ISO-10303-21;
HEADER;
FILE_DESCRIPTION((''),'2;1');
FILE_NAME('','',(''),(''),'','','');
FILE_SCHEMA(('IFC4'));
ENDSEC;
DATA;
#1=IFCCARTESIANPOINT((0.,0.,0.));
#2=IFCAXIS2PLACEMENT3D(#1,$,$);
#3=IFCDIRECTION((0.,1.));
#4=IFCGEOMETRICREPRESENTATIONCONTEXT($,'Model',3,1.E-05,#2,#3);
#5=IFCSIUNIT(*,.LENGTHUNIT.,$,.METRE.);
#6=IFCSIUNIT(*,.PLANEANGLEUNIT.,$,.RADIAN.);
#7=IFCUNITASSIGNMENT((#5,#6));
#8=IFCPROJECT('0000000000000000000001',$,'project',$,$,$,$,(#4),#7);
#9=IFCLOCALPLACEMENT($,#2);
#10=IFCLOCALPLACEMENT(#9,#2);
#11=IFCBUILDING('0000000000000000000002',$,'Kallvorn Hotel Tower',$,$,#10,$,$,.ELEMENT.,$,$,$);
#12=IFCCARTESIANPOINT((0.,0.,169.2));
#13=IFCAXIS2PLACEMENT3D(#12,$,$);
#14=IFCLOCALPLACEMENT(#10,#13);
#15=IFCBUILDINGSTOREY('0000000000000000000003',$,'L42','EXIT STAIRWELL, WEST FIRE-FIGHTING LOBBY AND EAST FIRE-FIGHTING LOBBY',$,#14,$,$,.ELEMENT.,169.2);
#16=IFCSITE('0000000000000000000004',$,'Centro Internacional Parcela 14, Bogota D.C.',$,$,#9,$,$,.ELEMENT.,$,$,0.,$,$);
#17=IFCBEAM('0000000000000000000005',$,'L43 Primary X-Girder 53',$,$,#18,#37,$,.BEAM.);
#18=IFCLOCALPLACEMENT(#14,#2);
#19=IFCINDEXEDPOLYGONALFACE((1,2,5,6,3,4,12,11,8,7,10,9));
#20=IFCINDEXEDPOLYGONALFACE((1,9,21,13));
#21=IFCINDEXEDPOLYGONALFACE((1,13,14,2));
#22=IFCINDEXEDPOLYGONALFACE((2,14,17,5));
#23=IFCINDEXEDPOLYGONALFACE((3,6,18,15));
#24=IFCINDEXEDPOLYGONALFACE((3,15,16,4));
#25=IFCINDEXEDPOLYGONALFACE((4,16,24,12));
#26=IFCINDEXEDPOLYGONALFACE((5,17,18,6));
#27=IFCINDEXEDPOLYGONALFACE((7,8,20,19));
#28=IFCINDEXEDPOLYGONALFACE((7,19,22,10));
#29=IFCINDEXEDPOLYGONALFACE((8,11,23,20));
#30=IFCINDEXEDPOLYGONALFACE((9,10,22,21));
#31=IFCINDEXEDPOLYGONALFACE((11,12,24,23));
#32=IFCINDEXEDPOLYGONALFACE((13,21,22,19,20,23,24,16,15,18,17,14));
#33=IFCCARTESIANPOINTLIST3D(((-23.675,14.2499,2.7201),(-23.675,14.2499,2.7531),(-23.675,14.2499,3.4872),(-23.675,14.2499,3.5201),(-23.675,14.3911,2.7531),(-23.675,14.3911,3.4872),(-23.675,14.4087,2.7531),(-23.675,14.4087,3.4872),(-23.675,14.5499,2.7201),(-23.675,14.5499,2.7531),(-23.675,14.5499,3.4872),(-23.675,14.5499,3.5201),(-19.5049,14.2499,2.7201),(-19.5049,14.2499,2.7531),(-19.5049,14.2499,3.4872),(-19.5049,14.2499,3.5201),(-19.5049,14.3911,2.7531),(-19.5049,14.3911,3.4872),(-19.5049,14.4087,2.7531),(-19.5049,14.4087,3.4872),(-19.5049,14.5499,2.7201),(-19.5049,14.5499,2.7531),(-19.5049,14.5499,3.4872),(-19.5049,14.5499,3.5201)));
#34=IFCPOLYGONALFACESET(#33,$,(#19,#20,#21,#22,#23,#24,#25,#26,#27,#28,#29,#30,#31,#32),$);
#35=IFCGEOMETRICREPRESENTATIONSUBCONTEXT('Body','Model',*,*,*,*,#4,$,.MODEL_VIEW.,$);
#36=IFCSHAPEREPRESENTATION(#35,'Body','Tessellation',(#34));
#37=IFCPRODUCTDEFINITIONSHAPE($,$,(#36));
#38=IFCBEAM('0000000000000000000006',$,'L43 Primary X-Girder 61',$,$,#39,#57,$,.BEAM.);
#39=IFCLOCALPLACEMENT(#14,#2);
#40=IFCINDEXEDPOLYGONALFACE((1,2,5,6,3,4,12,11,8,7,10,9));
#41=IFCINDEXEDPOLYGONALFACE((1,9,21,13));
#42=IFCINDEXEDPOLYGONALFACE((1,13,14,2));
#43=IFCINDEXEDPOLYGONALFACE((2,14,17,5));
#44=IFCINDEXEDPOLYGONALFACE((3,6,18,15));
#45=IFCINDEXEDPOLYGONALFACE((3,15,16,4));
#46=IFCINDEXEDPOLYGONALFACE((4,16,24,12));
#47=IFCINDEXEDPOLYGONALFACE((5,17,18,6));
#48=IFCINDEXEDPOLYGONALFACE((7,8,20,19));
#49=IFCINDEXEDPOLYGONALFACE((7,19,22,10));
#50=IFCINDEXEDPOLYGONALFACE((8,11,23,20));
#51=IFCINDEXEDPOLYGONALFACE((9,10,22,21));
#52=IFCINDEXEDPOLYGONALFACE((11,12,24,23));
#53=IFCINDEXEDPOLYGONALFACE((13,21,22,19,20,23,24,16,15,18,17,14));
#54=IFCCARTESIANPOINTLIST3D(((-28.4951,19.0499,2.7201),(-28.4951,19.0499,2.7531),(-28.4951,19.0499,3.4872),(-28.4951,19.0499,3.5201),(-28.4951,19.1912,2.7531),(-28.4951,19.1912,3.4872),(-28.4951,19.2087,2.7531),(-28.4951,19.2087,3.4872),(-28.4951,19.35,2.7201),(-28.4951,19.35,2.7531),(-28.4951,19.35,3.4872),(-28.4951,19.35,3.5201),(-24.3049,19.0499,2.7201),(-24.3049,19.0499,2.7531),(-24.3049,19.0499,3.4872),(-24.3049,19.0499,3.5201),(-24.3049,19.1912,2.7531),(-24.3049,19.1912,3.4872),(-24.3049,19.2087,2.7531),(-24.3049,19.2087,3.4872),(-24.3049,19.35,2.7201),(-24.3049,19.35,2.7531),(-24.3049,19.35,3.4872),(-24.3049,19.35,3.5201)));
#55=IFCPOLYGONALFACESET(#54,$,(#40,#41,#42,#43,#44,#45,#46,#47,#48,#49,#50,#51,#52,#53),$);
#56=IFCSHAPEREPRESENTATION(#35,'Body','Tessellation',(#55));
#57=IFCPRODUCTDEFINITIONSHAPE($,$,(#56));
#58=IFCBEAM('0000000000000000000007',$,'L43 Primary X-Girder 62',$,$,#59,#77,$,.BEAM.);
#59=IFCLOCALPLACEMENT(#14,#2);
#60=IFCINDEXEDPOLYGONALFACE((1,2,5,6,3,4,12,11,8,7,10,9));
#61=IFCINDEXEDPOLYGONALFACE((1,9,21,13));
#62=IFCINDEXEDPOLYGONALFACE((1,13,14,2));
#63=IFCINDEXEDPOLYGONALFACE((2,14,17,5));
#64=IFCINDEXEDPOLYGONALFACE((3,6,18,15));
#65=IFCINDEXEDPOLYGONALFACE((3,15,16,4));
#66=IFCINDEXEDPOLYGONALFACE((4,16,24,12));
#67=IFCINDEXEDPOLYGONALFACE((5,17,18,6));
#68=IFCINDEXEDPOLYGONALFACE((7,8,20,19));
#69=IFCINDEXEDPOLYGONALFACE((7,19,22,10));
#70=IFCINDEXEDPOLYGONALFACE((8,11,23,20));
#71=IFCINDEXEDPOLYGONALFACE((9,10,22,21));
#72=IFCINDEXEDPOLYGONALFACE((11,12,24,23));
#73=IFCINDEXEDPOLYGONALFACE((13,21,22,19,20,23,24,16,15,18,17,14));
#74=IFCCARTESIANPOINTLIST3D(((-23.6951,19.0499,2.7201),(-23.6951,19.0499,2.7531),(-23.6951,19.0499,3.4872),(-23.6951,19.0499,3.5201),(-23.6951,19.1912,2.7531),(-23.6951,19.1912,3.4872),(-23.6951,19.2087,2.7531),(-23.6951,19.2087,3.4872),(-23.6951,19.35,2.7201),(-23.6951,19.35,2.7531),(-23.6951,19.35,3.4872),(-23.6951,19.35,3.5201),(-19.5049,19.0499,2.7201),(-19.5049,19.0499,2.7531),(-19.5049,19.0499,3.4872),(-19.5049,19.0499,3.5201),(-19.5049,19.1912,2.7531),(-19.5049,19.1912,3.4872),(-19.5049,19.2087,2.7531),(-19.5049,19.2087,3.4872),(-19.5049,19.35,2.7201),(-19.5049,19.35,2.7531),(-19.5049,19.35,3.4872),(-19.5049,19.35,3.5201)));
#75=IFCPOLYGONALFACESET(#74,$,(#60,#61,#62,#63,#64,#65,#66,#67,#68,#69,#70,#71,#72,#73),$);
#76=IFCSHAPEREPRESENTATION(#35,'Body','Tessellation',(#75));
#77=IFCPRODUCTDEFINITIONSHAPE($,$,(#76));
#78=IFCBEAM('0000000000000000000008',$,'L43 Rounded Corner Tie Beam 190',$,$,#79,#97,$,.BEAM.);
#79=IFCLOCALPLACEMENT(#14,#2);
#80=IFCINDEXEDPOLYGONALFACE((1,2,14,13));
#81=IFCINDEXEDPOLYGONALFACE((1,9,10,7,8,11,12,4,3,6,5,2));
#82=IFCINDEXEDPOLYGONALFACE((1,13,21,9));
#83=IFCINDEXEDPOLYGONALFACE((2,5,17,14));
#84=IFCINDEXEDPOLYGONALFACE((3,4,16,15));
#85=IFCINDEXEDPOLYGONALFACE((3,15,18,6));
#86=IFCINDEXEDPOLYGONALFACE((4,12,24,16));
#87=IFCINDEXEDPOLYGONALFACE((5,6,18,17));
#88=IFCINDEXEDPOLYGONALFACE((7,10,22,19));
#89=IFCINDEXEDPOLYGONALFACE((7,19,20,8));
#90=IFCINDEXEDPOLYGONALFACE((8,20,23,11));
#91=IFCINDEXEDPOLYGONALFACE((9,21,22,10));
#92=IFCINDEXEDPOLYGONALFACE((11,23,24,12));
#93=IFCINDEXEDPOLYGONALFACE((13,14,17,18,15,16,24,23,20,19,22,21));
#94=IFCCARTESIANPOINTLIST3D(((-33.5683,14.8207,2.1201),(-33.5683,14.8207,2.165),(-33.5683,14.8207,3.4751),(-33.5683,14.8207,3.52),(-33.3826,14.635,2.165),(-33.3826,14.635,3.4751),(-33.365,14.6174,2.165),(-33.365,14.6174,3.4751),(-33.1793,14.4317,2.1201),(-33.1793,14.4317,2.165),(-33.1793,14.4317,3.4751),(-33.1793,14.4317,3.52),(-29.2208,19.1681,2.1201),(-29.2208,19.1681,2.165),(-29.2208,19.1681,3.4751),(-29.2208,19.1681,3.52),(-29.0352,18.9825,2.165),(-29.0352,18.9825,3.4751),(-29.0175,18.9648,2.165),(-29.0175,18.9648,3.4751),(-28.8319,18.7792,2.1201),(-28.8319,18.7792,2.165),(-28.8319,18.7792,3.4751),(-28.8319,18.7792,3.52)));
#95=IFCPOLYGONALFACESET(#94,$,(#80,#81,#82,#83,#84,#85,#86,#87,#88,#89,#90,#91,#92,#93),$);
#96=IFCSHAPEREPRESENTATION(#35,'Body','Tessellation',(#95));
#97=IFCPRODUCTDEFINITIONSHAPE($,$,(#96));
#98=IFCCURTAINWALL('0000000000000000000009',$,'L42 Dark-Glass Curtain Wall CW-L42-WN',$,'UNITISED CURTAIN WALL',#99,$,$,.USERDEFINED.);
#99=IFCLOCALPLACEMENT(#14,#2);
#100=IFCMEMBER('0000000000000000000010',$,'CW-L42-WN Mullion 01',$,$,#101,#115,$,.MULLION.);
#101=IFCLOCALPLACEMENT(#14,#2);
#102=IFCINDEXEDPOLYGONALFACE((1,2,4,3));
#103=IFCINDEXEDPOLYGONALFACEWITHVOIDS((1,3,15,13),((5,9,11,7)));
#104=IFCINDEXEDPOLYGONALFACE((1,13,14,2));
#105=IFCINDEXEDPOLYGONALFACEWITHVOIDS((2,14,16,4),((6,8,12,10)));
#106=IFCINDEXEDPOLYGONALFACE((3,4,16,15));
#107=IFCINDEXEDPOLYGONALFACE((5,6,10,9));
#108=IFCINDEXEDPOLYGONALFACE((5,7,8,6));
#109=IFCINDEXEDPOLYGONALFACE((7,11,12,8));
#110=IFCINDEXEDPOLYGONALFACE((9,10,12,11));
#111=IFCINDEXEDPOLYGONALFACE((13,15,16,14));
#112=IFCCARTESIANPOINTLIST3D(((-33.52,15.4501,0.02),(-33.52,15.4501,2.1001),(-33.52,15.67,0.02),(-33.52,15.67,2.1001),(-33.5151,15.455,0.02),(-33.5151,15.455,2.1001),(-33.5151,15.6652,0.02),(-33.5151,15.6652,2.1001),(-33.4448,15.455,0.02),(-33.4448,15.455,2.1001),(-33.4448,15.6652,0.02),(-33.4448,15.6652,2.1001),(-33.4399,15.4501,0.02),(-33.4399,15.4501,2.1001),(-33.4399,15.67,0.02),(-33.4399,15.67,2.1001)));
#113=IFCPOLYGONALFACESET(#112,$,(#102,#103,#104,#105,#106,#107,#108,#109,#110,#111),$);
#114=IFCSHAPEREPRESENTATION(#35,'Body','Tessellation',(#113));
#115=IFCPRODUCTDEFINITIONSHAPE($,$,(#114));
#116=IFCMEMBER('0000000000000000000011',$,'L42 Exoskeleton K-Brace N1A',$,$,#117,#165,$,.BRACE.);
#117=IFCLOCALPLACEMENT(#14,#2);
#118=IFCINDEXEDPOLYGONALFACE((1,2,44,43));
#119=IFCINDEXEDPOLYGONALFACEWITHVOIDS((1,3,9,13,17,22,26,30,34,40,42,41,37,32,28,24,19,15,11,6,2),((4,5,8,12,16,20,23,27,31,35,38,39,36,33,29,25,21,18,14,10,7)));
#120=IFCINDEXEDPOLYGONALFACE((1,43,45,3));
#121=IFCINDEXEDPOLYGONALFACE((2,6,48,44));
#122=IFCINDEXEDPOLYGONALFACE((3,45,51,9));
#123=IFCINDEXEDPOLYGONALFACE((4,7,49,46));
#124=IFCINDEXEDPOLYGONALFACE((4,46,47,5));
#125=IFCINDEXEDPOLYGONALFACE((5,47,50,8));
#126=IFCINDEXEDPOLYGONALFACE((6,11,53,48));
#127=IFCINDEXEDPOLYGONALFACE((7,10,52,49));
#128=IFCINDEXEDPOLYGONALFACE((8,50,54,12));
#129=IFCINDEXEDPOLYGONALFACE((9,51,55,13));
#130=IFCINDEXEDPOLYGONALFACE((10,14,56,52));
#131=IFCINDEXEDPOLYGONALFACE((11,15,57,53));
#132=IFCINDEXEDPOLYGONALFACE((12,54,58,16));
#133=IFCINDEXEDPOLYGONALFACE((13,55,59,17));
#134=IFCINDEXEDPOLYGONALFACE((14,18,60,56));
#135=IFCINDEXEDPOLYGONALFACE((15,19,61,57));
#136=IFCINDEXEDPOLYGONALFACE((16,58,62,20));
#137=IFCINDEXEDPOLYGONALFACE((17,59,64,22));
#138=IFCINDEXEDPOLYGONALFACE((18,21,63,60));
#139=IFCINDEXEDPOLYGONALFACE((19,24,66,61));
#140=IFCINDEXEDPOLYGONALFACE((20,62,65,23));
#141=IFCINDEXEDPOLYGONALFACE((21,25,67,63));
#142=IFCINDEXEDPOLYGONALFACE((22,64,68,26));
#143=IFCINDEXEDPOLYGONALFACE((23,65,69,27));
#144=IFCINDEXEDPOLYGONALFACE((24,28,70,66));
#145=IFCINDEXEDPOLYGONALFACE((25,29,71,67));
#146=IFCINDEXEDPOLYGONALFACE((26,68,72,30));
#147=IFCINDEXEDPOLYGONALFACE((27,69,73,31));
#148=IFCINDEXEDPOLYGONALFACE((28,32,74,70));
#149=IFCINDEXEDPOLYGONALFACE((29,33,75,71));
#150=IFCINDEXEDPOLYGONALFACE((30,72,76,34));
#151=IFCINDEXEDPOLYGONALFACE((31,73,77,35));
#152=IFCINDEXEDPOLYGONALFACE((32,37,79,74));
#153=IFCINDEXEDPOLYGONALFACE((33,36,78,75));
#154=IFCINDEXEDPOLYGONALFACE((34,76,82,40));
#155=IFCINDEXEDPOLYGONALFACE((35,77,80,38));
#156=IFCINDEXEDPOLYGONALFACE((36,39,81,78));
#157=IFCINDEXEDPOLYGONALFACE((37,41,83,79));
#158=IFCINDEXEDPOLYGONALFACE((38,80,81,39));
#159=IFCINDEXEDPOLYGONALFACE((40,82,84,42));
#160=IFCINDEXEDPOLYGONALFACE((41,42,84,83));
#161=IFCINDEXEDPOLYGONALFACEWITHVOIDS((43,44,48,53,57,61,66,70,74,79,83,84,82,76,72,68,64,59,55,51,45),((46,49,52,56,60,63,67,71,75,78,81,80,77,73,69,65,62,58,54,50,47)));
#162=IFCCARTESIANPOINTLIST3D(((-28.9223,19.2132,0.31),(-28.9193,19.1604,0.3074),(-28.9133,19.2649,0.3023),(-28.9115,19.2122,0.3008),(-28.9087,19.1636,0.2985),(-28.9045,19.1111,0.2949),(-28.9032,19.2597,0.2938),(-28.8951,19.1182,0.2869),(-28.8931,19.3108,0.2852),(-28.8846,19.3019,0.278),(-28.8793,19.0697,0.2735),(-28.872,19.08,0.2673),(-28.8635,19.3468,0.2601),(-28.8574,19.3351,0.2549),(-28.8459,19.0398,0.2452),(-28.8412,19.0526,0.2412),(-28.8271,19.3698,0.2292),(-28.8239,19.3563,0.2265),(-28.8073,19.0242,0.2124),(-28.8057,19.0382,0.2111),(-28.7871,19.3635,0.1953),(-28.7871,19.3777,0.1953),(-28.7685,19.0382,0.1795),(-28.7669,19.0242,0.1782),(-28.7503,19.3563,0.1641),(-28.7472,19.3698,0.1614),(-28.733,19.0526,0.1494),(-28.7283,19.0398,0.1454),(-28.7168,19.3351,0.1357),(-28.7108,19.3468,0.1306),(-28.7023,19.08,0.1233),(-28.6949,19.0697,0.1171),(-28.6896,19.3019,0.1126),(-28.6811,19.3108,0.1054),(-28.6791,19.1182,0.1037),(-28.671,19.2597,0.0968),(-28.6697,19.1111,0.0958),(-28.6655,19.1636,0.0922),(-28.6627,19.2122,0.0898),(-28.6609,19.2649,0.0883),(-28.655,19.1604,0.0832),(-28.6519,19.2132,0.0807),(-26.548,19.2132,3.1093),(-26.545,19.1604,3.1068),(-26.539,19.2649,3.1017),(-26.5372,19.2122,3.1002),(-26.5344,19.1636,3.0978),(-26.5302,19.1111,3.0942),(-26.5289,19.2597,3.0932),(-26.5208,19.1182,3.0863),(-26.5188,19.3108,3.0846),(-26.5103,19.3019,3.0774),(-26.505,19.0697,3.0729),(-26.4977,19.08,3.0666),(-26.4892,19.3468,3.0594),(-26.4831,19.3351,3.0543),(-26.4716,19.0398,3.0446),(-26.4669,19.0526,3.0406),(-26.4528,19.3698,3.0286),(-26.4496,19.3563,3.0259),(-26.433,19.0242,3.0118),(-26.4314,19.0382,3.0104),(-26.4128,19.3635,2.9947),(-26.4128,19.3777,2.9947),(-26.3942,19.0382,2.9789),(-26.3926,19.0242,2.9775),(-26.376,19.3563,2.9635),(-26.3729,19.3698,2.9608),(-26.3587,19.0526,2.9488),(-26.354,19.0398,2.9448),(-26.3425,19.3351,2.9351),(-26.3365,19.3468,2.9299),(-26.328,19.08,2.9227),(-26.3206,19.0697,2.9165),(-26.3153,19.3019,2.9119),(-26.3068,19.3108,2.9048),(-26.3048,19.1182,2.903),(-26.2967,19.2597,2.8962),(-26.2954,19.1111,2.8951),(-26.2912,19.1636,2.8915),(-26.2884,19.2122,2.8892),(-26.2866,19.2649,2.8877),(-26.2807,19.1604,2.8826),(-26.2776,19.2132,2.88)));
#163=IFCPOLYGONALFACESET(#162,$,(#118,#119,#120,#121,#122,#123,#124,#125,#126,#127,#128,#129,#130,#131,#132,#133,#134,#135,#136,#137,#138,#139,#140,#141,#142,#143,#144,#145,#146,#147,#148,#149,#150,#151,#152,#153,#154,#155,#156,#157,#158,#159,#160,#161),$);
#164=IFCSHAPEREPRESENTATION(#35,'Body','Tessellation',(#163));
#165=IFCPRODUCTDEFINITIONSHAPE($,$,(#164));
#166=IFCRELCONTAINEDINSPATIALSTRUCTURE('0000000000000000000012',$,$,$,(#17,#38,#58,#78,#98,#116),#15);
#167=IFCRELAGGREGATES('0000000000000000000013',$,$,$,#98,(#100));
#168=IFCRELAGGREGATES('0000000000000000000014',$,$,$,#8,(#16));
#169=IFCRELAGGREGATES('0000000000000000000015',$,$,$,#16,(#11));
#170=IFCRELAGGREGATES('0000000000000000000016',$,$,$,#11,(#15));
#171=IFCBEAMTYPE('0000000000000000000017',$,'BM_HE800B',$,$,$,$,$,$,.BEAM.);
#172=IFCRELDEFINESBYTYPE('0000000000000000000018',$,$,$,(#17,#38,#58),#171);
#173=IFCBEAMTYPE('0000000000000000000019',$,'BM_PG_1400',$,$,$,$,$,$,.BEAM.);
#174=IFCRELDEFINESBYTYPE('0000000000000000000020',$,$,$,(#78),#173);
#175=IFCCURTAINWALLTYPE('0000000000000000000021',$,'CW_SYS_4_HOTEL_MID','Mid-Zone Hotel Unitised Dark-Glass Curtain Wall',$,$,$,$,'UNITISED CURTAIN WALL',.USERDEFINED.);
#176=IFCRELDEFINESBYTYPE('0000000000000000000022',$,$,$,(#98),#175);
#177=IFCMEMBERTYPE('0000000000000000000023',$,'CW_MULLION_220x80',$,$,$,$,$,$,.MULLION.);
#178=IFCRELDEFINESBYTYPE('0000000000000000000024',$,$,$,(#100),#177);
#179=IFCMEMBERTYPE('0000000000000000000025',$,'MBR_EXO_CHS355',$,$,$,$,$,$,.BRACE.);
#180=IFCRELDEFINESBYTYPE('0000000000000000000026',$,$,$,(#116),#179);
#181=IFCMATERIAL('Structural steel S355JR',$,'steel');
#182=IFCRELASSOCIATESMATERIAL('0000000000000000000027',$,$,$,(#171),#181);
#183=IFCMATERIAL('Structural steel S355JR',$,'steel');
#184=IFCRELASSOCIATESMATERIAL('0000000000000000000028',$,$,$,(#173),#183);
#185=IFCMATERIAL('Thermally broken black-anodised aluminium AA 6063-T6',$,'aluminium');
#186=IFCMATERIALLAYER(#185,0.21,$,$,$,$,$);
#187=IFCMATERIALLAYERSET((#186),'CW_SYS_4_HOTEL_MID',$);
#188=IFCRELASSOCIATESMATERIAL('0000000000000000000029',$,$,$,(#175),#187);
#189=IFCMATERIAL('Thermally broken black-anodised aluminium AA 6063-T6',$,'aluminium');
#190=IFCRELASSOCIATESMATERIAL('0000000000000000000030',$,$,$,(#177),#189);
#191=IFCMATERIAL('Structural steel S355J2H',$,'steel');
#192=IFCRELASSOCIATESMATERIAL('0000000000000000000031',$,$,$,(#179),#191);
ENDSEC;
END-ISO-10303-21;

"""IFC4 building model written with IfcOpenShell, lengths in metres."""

from ifc_helpers import new_model, si_unit, direction, frame, origin, origin_2d, place, context, subcontext, project, spatial, hollow_rectangle, hollow_circle, i_section, extrude, material, layer, layer_set, material_profile, profile_set, type_object, element, aggregate, save


model = new_model("IFC4")

# Units and contexts
model_context = context("Model", 3, precision=1e-05, world=origin(), true_north=direction((0.0, 1.0)))
body_context = subcontext(model_context, "Body", "Model", "MODEL_VIEW")
ifc_project = project(units=[si_unit("LENGTHUNIT", "METRE"), si_unit("PLANEANGLEUNIT", "RADIAN")], contexts=[model_context])

# Site, building, storey
site_placement = place(None, origin())
site = spatial("IfcSite", under=ifc_project, at=site_placement, Name="Centro Internacional Parcela 14, Bogota D.C.", CompositionType="ELEMENT", RefElevation=0.0)
building_placement = place(site_placement, origin())
building = spatial("IfcBuilding", under=site, at=building_placement, Name="Kallvorn Hotel Tower", CompositionType="ELEMENT")
storey_placement = place(building_placement, frame((0.0, 0.0, 169.2)))
storey = spatial("IfcBuildingStorey", under=building, at=storey_placement, Name="L42", Description="EXIT STAIRWELL, WEST FIRE-FIGHTING LOBBY AND EAST FIRE-FIGHTING LOBBY", CompositionType="ELEMENT", Elevation=169.2)

# Beams
ifc_material_1 = material(Name="Structural steel S355JR", Category="steel")
ifc_material_profile_1 = material_profile(ifc_material_1, i_section(OverallWidth=0.3, OverallDepth=0.8, WebThickness=0.0176, FlangeThickness=0.033, at=origin_2d()), Name="HE 800 B")
ifc_profile_set_1 = profile_set([ifc_material_profile_1], Name="Structural steel S355JR")
beam_type_1 = type_object("IfcBeamType", Name="BM_HE800B", PredefinedType="BEAM", material=ifc_profile_set_1)
for number, where, z_axis, x_axis, name in (
    (1, (-23.675, 14.3999, 3.1201), (1.0, 0.0, 0.0), (0.0, 1.0, 0.0), "L43 Primary X-Girder 53"),
):
    element("IfcBeam", number, at=place(storey_placement, frame(where, z_axis=z_axis, x_axis=x_axis)), inside=storey, type_object=beam_type_1, Name=name, PredefinedType="BEAM", context=body_context, shape_type="SweptSolid", body=[
        extrude(i_section(OverallWidth=0.3, OverallDepth=0.8, WebThickness=0.0176, FlangeThickness=0.033, at=origin_2d()), origin(), (0.0, 0.0, 1.0), 4.1702),
    ])
for number, where, z_axis, x_axis, name in (
    (2, (-28.4951, 19.2, 3.1201), (1.0, 0.0, 0.0), (0.0, 1.0, 0.0), "L43 Primary X-Girder 61"),
    (3, (-23.6951, 19.2, 3.1201), (1.0, 0.0, 0.0), (0.0, 1.0, 0.0), "L43 Primary X-Girder 62"),
):
    element("IfcBeam", number, at=place(storey_placement, frame(where, z_axis=z_axis, x_axis=x_axis)), inside=storey, type_object=beam_type_1, Name=name, PredefinedType="BEAM", context=body_context, shape_type="SweptSolid", body=[
        extrude(i_section(OverallWidth=0.3, OverallDepth=0.8, WebThickness=0.0176, FlangeThickness=0.033, at=origin_2d()), origin(), (0.0, 0.0, 1.0), 4.1902),
    ])
ifc_material_2 = material(Name="Structural steel S355JR", Category="steel")
ifc_material_profile_2 = material_profile(ifc_material_2, i_section(OverallWidth=0.55, OverallDepth=1.3999, WebThickness=0.0249, FlangeThickness=0.0449, at=origin_2d()), Name="PG 1400x550x25x45")
ifc_profile_set_2 = profile_set([ifc_material_profile_2], Name="Structural steel S355JR")
beam_type_2 = type_object("IfcBeamType", Name="BM_PG_1400", PredefinedType="BEAM", material=ifc_profile_set_2)
beam_1_placement = place(storey_placement, frame((-33.3738, 14.6262, 2.8201), z_axis=(0.707107, 0.707107, 0.0), x_axis=(-0.707107, 0.707107, 0.0)))
element("IfcBeam", 4, at=beam_1_placement, inside=storey, type_object=beam_type_2, Name="L43 Rounded Corner Tie Beam 190", PredefinedType="BEAM", context=body_context, shape_type="SweptSolid", body=[
    extrude(i_section(OverallWidth=0.55, OverallDepth=1.3999, WebThickness=0.0249, FlangeThickness=0.0449, at=origin_2d()), origin(), (0.0, 0.0, 1.0), 6.1482),
])

# Curtain wall, member
ifc_material_3 = material(Name="Thermally broken black-anodised aluminium AA 6063-T6", Category="aluminium")
ifc_layer_1 = layer(ifc_material_3, 0.21)
ifc_layer_set_1 = layer_set([ifc_layer_1], Name="CW_SYS_4_HOTEL_MID")
curtain_wall_type = type_object("IfcCurtainWallType", Name="CW_SYS_4_HOTEL_MID", Description="Mid-Zone Hotel Unitised Dark-Glass Curtain Wall", ElementType="UNITISED CURTAIN WALL", PredefinedType="USERDEFINED", material=ifc_layer_set_1)
curtain_wall_placement = place(storey_placement, origin())
curtain_wall = element("IfcCurtainWall", 5, at=curtain_wall_placement, inside=storey, type_object=curtain_wall_type, Name="L42 Dark-Glass Curtain Wall CW-L42-WN", ObjectType="UNITISED CURTAIN WALL", PredefinedType="USERDEFINED")
ifc_material_4 = material(Name="Thermally broken black-anodised aluminium AA 6063-T6", Category="aluminium")
ifc_material_profile_3 = material_profile(ifc_material_4, hollow_rectangle(XDim=0.0801, YDim=0.22, WallThickness=0.0049, at=origin_2d()), Name="MUL 220x80")
ifc_profile_set_3 = profile_set([ifc_material_profile_3], Name="Thermally broken black-anodised aluminium AA 6063-T6")
member_type_1 = type_object("IfcMemberType", Name="CW_MULLION_220x80", PredefinedType="MULLION", material=ifc_profile_set_3)
member_placement = place(storey_placement, frame((-33.48, 15.5601, 0.02), z_axis=(0.0, 0.0, 1.0), x_axis=(1.0, 0.0, 0.0)))
member = element("IfcMember", 6, at=member_placement, type_object=member_type_1, Name="CW-L42-WN Mullion 01", PredefinedType="MULLION", context=body_context, shape_type="SweptSolid", body=[
    extrude(hollow_rectangle(XDim=0.0801, YDim=0.22, WallThickness=0.0049, at=origin_2d()), origin(), (0.0, 0.0, 1.0), 2.0801),
])
aggregate(curtain_wall, [member])

# Member
ifc_material_5 = material(Name="Structural steel S355J2H", Category="steel")
ifc_material_profile_4 = material_profile(ifc_material_5, hollow_circle(Radius=0.1777, WallThickness=0.0142, at=origin_2d()), Name="CHS 355.6x14.2")
ifc_profile_set_4 = profile_set([ifc_material_profile_4], Name="Structural steel S355J2H")
member_type_2 = type_object("IfcMemberType", Name="MBR_EXO_CHS355", PredefinedType="BRACE", material=ifc_profile_set_4)
for number, where, z_axis, x_axis, name in (
    (7, (-28.7871, 19.2, 0.1953), (0.646833, 0.0, 0.762631), (0.0, 1.0, 0.0), "L42 Exoskeleton K-Brace N1A"),
):
    element("IfcMember", number, at=place(storey_placement, frame(where, z_axis=z_axis, x_axis=x_axis)), inside=storey, type_object=member_type_2, Name=name, PredefinedType="BRACE", context=body_context, shape_type="SweptSolid", body=[
        extrude(hollow_circle(Radius=0.1777, WallThickness=0.0142, at=origin_2d()), origin(), (0.0, 0.0, 1.0), 3.6707),
    ])

save(model, "model.ifc")
